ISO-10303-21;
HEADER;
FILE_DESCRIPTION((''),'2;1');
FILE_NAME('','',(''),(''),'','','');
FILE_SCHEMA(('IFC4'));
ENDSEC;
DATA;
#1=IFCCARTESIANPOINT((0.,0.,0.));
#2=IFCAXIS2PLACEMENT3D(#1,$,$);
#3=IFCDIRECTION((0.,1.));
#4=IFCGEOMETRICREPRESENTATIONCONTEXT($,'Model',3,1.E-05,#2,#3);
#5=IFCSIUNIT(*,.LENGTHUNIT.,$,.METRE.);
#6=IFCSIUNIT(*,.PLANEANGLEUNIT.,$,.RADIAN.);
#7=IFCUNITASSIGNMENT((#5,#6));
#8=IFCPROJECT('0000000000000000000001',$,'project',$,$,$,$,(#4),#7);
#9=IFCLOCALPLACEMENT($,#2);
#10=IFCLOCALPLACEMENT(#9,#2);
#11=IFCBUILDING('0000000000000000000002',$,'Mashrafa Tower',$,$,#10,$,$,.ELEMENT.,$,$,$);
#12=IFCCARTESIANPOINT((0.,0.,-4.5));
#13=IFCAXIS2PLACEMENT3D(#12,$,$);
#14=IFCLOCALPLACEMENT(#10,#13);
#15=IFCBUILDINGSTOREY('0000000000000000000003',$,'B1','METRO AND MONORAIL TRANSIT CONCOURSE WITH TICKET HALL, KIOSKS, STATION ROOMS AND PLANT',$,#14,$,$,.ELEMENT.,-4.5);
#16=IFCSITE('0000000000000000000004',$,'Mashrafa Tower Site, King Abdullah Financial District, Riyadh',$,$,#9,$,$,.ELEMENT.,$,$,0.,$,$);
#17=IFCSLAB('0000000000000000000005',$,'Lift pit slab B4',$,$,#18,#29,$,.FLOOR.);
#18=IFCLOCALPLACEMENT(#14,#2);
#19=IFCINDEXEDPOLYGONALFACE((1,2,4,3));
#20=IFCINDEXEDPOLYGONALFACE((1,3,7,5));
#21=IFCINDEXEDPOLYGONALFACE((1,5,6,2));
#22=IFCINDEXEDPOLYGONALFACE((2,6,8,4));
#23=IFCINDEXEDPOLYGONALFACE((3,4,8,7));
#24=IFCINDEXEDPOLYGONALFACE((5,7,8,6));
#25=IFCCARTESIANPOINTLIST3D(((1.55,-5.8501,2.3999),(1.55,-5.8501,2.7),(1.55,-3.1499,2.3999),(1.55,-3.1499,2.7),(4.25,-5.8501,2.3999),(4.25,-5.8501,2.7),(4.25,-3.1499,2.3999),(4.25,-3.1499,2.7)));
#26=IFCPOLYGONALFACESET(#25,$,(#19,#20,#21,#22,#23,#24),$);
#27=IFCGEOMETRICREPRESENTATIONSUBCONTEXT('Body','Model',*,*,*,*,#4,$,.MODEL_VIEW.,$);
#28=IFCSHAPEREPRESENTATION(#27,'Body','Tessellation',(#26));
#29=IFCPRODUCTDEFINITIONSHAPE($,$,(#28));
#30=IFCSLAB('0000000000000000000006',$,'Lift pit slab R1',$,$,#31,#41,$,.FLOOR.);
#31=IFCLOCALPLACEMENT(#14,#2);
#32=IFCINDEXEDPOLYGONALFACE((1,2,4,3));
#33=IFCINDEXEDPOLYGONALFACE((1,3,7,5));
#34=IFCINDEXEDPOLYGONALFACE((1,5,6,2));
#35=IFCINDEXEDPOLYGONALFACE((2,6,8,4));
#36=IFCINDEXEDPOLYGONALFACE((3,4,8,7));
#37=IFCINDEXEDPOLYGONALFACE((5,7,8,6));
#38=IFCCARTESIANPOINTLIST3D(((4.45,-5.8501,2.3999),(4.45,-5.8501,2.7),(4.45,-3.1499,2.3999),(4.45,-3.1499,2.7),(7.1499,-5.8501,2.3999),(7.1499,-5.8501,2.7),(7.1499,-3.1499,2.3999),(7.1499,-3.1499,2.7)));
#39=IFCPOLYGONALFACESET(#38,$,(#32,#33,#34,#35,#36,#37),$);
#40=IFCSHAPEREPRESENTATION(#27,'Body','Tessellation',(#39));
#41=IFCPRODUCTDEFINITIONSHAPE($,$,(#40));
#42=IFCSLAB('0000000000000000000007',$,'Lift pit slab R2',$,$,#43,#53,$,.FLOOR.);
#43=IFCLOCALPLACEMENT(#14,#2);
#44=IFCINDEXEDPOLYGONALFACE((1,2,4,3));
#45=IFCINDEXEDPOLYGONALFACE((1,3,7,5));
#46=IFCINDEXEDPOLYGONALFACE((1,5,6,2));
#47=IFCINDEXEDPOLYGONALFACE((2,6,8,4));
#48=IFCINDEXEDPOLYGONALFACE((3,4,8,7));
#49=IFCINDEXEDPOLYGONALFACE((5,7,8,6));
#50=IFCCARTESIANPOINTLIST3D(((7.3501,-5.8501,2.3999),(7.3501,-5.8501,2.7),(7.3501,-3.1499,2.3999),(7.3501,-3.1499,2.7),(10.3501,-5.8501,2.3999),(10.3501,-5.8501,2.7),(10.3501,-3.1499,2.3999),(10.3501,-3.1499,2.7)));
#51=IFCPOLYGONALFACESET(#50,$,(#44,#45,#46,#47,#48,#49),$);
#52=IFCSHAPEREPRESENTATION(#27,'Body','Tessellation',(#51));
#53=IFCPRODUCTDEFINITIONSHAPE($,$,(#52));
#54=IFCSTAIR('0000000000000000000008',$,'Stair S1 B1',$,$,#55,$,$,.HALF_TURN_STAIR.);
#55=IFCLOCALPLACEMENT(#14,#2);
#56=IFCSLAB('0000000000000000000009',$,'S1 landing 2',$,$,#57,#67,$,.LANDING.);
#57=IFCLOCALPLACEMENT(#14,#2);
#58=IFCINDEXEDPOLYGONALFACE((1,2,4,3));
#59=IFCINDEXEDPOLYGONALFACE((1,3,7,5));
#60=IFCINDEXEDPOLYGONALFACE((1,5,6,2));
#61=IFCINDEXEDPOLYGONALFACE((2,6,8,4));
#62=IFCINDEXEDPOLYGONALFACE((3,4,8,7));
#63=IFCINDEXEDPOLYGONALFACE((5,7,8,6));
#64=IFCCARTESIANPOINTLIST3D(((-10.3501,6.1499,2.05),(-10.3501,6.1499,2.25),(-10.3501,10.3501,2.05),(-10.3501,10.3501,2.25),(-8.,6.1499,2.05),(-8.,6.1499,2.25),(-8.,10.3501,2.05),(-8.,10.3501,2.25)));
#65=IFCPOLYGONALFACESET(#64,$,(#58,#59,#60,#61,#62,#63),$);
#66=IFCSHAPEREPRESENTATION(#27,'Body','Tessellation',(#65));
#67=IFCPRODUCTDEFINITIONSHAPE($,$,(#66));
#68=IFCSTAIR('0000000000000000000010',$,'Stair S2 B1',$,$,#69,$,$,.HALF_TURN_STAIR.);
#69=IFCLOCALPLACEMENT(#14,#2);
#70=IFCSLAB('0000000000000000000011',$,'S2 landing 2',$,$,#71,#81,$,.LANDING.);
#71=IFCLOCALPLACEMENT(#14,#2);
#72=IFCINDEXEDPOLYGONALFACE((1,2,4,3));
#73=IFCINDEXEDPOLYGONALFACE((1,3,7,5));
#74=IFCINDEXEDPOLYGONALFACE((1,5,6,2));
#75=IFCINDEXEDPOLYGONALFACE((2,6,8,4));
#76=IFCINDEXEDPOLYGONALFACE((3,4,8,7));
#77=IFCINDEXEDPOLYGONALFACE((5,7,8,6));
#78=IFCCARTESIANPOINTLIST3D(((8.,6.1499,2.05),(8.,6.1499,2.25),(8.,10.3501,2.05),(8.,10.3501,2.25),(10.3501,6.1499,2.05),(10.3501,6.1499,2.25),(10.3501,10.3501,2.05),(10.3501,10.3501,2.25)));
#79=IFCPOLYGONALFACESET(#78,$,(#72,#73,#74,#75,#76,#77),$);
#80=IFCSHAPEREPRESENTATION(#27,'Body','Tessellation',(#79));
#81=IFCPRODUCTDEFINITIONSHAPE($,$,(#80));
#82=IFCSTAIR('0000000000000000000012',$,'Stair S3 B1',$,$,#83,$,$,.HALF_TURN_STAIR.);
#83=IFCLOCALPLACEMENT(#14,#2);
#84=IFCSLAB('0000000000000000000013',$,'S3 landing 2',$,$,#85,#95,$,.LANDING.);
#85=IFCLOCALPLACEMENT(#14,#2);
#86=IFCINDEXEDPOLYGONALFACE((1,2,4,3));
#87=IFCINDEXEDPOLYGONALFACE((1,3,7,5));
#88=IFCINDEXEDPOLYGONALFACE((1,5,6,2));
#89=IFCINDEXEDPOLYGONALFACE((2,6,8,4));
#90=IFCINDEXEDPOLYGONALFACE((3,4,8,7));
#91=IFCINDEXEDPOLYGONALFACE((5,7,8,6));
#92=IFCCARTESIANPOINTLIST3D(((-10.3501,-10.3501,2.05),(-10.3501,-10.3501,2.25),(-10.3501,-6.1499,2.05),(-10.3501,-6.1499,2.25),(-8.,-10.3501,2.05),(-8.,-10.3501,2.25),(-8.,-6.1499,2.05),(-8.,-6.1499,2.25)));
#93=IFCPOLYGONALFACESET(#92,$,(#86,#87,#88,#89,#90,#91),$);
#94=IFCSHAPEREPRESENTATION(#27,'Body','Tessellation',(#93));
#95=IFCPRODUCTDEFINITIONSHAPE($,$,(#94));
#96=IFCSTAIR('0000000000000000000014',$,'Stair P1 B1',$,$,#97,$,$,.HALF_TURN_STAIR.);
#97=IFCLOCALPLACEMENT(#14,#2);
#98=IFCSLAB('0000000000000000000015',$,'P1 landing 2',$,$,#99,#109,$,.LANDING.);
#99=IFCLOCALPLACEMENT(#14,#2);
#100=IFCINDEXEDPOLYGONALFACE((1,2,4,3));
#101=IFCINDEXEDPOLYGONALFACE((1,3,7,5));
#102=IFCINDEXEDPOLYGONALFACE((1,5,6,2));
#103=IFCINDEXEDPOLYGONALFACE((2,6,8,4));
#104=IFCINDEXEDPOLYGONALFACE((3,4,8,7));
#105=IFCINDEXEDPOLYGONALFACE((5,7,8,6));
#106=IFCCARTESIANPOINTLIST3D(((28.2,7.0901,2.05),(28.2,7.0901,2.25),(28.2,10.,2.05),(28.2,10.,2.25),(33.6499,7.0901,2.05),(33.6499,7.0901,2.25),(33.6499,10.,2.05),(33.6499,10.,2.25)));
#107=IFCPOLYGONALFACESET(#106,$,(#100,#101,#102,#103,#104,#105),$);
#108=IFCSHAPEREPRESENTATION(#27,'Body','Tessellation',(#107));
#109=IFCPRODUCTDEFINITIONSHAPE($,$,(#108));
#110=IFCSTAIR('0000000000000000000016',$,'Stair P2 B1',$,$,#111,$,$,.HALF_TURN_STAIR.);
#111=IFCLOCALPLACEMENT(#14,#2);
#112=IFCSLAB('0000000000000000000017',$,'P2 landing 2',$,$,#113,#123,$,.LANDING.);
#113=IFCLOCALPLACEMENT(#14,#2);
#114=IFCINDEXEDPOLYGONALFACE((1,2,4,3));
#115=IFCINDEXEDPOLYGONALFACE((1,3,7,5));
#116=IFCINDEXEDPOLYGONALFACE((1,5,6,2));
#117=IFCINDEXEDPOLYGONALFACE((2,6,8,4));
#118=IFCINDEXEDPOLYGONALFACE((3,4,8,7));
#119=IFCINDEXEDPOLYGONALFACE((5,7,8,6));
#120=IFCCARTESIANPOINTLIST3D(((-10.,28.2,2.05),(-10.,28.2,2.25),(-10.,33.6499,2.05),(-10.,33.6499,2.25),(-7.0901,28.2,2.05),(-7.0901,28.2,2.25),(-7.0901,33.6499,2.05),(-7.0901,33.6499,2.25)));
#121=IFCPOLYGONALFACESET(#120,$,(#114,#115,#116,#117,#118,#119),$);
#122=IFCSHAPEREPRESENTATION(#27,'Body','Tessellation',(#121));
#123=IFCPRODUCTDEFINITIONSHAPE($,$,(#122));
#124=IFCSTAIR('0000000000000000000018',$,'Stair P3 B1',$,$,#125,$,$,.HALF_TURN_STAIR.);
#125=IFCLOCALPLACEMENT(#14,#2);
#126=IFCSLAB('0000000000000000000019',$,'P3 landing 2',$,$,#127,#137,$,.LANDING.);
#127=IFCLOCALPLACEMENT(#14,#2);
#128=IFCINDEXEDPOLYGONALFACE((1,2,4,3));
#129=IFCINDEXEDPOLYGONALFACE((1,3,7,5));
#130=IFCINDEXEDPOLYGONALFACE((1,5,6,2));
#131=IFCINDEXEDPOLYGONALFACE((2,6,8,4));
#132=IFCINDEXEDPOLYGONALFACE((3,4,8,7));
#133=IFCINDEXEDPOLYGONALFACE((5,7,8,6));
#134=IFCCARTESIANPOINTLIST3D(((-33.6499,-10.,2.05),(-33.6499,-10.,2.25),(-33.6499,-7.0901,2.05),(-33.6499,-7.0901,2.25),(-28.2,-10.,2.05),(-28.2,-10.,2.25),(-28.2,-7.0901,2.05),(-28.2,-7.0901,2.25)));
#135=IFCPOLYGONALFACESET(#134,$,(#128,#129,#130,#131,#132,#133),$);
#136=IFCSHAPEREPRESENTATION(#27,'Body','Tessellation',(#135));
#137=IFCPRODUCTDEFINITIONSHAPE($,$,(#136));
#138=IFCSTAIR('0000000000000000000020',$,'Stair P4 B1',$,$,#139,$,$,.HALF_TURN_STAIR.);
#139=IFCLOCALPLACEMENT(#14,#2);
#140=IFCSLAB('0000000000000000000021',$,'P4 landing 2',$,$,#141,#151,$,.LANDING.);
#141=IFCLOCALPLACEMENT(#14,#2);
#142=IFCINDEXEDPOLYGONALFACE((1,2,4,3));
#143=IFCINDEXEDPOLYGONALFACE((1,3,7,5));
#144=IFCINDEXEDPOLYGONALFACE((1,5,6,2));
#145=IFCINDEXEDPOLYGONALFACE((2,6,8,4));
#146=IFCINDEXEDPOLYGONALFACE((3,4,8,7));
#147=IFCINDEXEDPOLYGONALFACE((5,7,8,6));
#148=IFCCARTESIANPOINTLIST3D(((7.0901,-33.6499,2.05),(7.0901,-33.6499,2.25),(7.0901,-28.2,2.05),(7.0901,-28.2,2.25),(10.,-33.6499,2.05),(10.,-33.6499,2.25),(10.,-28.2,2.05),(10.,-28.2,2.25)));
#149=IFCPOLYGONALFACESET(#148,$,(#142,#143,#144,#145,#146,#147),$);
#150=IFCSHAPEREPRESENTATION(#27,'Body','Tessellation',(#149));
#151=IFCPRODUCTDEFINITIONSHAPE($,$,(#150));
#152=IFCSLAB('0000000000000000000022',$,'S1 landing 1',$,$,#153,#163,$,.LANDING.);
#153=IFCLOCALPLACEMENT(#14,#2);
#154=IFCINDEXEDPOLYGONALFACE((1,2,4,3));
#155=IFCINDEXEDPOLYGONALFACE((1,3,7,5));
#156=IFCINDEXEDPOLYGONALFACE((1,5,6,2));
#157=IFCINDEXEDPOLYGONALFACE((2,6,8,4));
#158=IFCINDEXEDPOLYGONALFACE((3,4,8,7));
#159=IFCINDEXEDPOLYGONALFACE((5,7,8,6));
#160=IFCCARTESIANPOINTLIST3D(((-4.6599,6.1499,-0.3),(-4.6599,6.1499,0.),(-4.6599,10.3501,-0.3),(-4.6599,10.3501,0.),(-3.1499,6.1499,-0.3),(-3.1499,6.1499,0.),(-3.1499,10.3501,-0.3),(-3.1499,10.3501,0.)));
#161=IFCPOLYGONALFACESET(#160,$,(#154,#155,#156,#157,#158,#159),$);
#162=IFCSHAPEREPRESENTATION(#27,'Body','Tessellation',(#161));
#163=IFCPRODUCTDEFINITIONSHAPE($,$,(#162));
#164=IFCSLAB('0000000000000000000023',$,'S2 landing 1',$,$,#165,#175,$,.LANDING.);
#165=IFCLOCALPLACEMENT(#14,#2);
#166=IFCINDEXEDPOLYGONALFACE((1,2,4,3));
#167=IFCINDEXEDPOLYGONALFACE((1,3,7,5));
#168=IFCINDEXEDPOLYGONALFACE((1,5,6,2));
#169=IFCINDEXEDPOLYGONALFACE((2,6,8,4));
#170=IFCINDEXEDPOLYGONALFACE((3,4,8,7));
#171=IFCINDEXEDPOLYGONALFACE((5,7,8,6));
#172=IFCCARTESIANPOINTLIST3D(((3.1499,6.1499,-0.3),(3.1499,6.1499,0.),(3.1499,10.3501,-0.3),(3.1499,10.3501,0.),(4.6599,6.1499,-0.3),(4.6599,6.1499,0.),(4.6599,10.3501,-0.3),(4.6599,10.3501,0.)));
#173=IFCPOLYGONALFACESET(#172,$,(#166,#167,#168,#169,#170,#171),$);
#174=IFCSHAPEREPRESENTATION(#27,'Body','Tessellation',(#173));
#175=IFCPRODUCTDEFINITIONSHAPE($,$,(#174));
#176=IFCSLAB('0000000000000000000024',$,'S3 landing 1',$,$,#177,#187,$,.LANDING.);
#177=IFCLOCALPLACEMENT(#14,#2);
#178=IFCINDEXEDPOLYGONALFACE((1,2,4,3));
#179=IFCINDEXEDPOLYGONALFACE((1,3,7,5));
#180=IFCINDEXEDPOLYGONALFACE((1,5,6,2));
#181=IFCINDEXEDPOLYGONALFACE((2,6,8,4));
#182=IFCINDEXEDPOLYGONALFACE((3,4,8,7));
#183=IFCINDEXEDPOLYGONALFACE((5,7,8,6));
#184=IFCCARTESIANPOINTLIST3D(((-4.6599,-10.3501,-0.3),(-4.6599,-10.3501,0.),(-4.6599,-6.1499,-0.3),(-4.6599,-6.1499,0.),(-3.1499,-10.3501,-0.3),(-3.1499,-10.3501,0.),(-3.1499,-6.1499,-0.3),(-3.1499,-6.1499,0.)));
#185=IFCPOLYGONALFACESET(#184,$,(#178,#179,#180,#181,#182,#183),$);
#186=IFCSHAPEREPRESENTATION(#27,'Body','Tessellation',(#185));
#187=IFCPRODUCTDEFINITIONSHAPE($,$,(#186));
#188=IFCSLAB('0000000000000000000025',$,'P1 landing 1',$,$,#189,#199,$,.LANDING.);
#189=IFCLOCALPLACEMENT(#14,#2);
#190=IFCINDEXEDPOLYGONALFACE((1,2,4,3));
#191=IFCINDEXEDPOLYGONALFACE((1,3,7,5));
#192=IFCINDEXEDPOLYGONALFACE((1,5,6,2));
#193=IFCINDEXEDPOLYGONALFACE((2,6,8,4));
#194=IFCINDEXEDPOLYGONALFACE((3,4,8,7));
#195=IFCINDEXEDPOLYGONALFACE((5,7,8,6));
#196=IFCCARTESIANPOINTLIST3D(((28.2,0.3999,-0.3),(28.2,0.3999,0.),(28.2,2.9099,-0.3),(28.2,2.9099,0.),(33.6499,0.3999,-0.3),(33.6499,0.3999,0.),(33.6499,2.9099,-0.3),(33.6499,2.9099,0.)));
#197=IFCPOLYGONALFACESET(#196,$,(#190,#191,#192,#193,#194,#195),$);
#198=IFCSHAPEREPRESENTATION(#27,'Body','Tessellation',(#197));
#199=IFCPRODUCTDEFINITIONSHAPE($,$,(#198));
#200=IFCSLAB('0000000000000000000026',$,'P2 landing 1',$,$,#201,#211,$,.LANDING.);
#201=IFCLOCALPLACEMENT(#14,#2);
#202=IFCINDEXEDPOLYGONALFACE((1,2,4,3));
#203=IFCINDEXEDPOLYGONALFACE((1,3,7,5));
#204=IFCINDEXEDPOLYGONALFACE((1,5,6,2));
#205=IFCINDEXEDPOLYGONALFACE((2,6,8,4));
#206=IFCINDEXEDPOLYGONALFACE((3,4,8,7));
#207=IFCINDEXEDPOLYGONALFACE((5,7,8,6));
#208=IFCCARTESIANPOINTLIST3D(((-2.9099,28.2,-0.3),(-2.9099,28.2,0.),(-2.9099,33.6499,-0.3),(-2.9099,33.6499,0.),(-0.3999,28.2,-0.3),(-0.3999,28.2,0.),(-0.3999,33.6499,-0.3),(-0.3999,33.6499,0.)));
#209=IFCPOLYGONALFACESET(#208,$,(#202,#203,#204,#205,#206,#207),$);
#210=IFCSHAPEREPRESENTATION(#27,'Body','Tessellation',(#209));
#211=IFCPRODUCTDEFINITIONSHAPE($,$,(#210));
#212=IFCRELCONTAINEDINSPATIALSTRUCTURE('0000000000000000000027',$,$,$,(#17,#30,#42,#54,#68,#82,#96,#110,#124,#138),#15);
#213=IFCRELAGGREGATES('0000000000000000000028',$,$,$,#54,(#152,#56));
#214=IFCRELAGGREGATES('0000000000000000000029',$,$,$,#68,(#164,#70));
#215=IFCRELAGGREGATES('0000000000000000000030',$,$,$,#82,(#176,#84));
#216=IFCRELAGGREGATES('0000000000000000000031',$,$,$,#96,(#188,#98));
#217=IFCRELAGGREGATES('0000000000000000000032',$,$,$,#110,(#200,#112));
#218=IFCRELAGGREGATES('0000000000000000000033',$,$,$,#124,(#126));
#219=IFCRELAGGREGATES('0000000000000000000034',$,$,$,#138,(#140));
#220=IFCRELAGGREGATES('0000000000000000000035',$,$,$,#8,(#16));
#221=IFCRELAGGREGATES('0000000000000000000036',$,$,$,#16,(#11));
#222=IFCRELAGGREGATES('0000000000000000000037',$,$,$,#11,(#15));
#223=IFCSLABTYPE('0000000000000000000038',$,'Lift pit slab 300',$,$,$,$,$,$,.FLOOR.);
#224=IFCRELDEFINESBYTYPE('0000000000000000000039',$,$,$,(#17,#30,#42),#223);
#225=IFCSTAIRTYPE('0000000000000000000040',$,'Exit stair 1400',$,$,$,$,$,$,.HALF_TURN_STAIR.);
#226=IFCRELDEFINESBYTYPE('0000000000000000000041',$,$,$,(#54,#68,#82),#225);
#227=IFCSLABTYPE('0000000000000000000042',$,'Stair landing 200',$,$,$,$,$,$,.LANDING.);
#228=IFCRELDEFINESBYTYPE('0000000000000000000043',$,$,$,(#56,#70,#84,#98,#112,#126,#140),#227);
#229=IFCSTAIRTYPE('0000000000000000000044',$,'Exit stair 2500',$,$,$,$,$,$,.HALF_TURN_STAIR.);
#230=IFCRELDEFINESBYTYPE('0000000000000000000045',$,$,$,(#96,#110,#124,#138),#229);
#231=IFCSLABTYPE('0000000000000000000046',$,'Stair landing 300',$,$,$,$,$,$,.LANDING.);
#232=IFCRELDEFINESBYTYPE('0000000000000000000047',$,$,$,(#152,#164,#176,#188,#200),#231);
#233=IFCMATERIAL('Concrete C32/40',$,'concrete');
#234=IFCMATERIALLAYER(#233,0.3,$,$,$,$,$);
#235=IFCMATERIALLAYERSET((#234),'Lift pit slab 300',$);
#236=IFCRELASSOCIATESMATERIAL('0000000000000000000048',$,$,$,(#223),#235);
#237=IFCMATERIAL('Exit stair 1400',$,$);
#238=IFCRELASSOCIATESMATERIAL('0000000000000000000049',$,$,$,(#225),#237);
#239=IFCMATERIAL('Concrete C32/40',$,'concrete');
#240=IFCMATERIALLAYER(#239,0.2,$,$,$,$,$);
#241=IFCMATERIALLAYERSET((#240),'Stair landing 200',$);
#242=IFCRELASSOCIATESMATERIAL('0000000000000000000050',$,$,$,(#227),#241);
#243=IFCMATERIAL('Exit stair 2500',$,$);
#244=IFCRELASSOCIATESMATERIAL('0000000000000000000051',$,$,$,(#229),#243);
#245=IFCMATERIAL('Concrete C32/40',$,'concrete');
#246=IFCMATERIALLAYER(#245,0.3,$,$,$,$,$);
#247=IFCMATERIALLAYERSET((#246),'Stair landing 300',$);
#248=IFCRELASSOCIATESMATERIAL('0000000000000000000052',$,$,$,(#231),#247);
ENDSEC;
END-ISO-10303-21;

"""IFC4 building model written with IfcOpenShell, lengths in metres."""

from ifc_helpers import new_model, si_unit, direction, frame, origin, place, context, subcontext, project, spatial, polyline, outline, extrude, material, layer, layer_set, type_object, element, aggregate, save


model = new_model("IFC4")

# Units and contexts
model_context = context("Model", 3, precision=1e-05, world=origin(), true_north=direction((0.0, 1.0)))
body_context = subcontext(model_context, "Body", "Model", "MODEL_VIEW")
ifc_project = project(units=[si_unit("LENGTHUNIT", "METRE"), si_unit("PLANEANGLEUNIT", "RADIAN")], contexts=[model_context])

# Site, building, storey
site_placement = place(None, origin())
site = spatial("IfcSite", under=ifc_project, at=site_placement, Name="Mashrafa Tower Site, King Abdullah Financial District, Riyadh", CompositionType="ELEMENT", RefElevation=0.0)
building_placement = place(site_placement, origin())
building = spatial("IfcBuilding", under=site, at=building_placement, Name="Mashrafa Tower", CompositionType="ELEMENT")
storey_placement = place(building_placement, frame((0.0, 0.0, -4.5)))
storey = spatial("IfcBuildingStorey", under=building, at=storey_placement, Name="B1", Description="METRO AND MONORAIL TRANSIT CONCOURSE WITH TICKET HALL, KIOSKS, STATION ROOMS AND PLANT", CompositionType="ELEMENT", Elevation=-4.5)

# Slabs
ifc_material_1 = material(Name="Concrete C32/40", Category="concrete")
ifc_layer_1 = layer(ifc_material_1, 0.3)
ifc_layer_set_1 = layer_set([ifc_layer_1], Name="Lift pit slab 300")
slab_type_1 = type_object("IfcSlabType", Name="Lift pit slab 300", PredefinedType="FLOOR", material=ifc_layer_set_1)
slab_1_placement = place(storey_placement, frame((0.0, 0.0, 2.3999)))
element("IfcSlab", 1, at=slab_1_placement, inside=storey, type_object=slab_type_1, Name="Lift pit slab B4", PredefinedType="FLOOR", context=body_context, shape_type="SweptSolid", body=[
    extrude(outline(polyline([(1.55, -5.8501), (4.25, -5.8501), (4.25, -3.1499), (1.55, -3.1499), (1.55, -5.8501)])), origin(), (0.0, 0.0, 1.0), 0.3),
])
slab_2_placement = place(storey_placement, frame((0.0, 0.0, 2.3999)))
element("IfcSlab", 2, at=slab_2_placement, inside=storey, type_object=slab_type_1, Name="Lift pit slab R1", PredefinedType="FLOOR", context=body_context, shape_type="SweptSolid", body=[
    extrude(outline(polyline([(4.45, -5.8501), (7.1499, -5.8501), (7.1499, -3.1499), (4.45, -3.1499), (4.45, -5.8501)])), origin(), (0.0, 0.0, 1.0), 0.3),
])
slab_3_placement = place(storey_placement, frame((0.0, 0.0, 2.3999)))
element("IfcSlab", 3, at=slab_3_placement, inside=storey, type_object=slab_type_1, Name="Lift pit slab R2", PredefinedType="FLOOR", context=body_context, shape_type="SweptSolid", body=[
    extrude(outline(polyline([(7.3501, -5.8501), (10.3501, -5.8501), (10.3501, -3.1499), (7.3501, -3.1499), (7.3501, -5.8501)])), origin(), (0.0, 0.0, 1.0), 0.3),
])

# Stairs, slabs
ifc_material_2 = material(Name="Exit stair 1400")
stair_type_1 = type_object("IfcStairType", Name="Exit stair 1400", PredefinedType="HALF_TURN_STAIR", material=ifc_material_2)
stair_1_placement = place(storey_placement, origin())
stair_1 = element("IfcStair", 4, at=stair_1_placement, inside=storey, type_object=stair_type_1, Name="Stair S1 B1", PredefinedType="HALF_TURN_STAIR")
ifc_material_3 = material(Name="Concrete C32/40", Category="concrete")
ifc_layer_2 = layer(ifc_material_3, 0.2)
ifc_layer_set_2 = layer_set([ifc_layer_2], Name="Stair landing 200")
slab_type_2 = type_object("IfcSlabType", Name="Stair landing 200", PredefinedType="LANDING", material=ifc_layer_set_2)
slab_4_placement = place(storey_placement, frame((0.0, 0.0, 2.05)))
slab_4 = element("IfcSlab", 5, at=slab_4_placement, type_object=slab_type_2, Name="S1 landing 2", PredefinedType="LANDING", context=body_context, shape_type="SweptSolid", body=[
    extrude(outline(polyline([(-10.3501, 6.1499), (-8.0, 6.1499), (-8.0, 10.3501), (-10.3501, 10.3501), (-10.3501, 6.1499)])), origin(), (0.0, 0.0, 1.0), 0.2),
])
stair_2_placement = place(storey_placement, origin())
stair_2 = element("IfcStair", 6, at=stair_2_placement, inside=storey, type_object=stair_type_1, Name="Stair S2 B1", PredefinedType="HALF_TURN_STAIR")
slab_5_placement = place(storey_placement, frame((0.0, 0.0, 2.05)))
slab_5 = element("IfcSlab", 7, at=slab_5_placement, type_object=slab_type_2, Name="S2 landing 2", PredefinedType="LANDING", context=body_context, shape_type="SweptSolid", body=[
    extrude(outline(polyline([(8.0, 6.1499), (10.3501, 6.1499), (10.3501, 10.3501), (8.0, 10.3501), (8.0, 6.1499)])), origin(), (0.0, 0.0, 1.0), 0.2),
])
stair_3_placement = place(storey_placement, origin())
stair_3 = element("IfcStair", 8, at=stair_3_placement, inside=storey, type_object=stair_type_1, Name="Stair S3 B1", PredefinedType="HALF_TURN_STAIR")
slab_6_placement = place(storey_placement, frame((0.0, 0.0, 2.05)))
slab_6 = element("IfcSlab", 9, at=slab_6_placement, type_object=slab_type_2, Name="S3 landing 2", PredefinedType="LANDING", context=body_context, shape_type="SweptSolid", body=[
    extrude(outline(polyline([(-10.3501, -10.3501), (-8.0, -10.3501), (-8.0, -6.1499), (-10.3501, -6.1499), (-10.3501, -10.3501)])), origin(), (0.0, 0.0, 1.0), 0.2),
])
ifc_material_4 = material(Name="Exit stair 2500")
stair_type_2 = type_object("IfcStairType", Name="Exit stair 2500", PredefinedType="HALF_TURN_STAIR", material=ifc_material_4)
stair_4_placement = place(storey_placement, origin())
stair_4 = element("IfcStair", 10, at=stair_4_placement, inside=storey, type_object=stair_type_2, Name="Stair P1 B1", PredefinedType="HALF_TURN_STAIR")
slab_7_placement = place(storey_placement, frame((0.0, 0.0, 2.05)))
slab_7 = element("IfcSlab", 11, at=slab_7_placement, type_object=slab_type_2, Name="P1 landing 2", PredefinedType="LANDING", context=body_context, shape_type="SweptSolid", body=[
    extrude(outline(polyline([(33.6499, 7.0901), (33.6499, 10.0), (28.2, 10.0), (28.2, 7.0901), (33.6499, 7.0901)])), origin(), (0.0, 0.0, 1.0), 0.2),
])
stair_5_placement = place(storey_placement, origin())
stair_5 = element("IfcStair", 12, at=stair_5_placement, inside=storey, type_object=stair_type_2, Name="Stair P2 B1", PredefinedType="HALF_TURN_STAIR")
slab_8_placement = place(storey_placement, frame((0.0, 0.0, 2.05)))
slab_8 = element("IfcSlab", 13, at=slab_8_placement, type_object=slab_type_2, Name="P2 landing 2", PredefinedType="LANDING", context=body_context, shape_type="SweptSolid", body=[
    extrude(outline(polyline([(-10.0, 28.2), (-7.0901, 28.2), (-7.0901, 33.6499), (-10.0, 33.6499), (-10.0, 28.2)])), origin(), (0.0, 0.0, 1.0), 0.2),
])
stair_6_placement = place(storey_placement, origin())
stair_6 = element("IfcStair", 14, at=stair_6_placement, inside=storey, type_object=stair_type_2, Name="Stair P3 B1", PredefinedType="HALF_TURN_STAIR")
slab_9_placement = place(storey_placement, frame((0.0, 0.0, 2.05)))
slab_9 = element("IfcSlab", 15, at=slab_9_placement, type_object=slab_type_2, Name="P3 landing 2", PredefinedType="LANDING", context=body_context, shape_type="SweptSolid", body=[
    extrude(outline(polyline([(-28.2, -10.0), (-28.2, -7.0901), (-33.6499, -7.0901), (-33.6499, -10.0), (-28.2, -10.0)])), origin(), (0.0, 0.0, 1.0), 0.2),
])
stair_7_placement = place(storey_placement, origin())
stair_7 = element("IfcStair", 16, at=stair_7_placement, inside=storey, type_object=stair_type_2, Name="Stair P4 B1", PredefinedType="HALF_TURN_STAIR")
slab_10_placement = place(storey_placement, frame((0.0, 0.0, 2.05)))
slab_10 = element("IfcSlab", 17, at=slab_10_placement, type_object=slab_type_2, Name="P4 landing 2", PredefinedType="LANDING", context=body_context, shape_type="SweptSolid", body=[
    extrude(outline(polyline([(7.0901, -33.6499), (10.0, -33.6499), (10.0, -28.2), (7.0901, -28.2), (7.0901, -33.6499)])), origin(), (0.0, 0.0, 1.0), 0.2),
])

# Slabs
ifc_material_5 = material(Name="Concrete C32/40", Category="concrete")
ifc_layer_3 = layer(ifc_material_5, 0.3)
ifc_layer_set_3 = layer_set([ifc_layer_3], Name="Stair landing 300")
slab_type_3 = type_object("IfcSlabType", Name="Stair landing 300", PredefinedType="LANDING", material=ifc_layer_set_3)
slab_11_placement = place(storey_placement, frame((0.0, 0.0, -0.3)))
slab_11 = element("IfcSlab", 18, at=slab_11_placement, type_object=slab_type_3, Name="S1 landing 1", PredefinedType="LANDING", context=body_context, shape_type="SweptSolid", body=[
    extrude(outline(polyline([(-4.6599, 6.1499), (-3.1499, 6.1499), (-3.1499, 10.3501), (-4.6599, 10.3501), (-4.6599, 6.1499)])), origin(), (0.0, 0.0, 1.0), 0.3),
])
aggregate(stair_1, [slab_11, slab_4])
slab_12_placement = place(storey_placement, frame((0.0, 0.0, -0.3)))
slab_12 = element("IfcSlab", 19, at=slab_12_placement, type_object=slab_type_3, Name="S2 landing 1", PredefinedType="LANDING", context=body_context, shape_type="SweptSolid", body=[
    extrude(outline(polyline([(3.1499, 6.1499), (4.6599, 6.1499), (4.6599, 10.3501), (3.1499, 10.3501), (3.1499, 6.1499)])), origin(), (0.0, 0.0, 1.0), 0.3),
])
aggregate(stair_2, [slab_12, slab_5])
slab_13_placement = place(storey_placement, frame((0.0, 0.0, -0.3)))
slab_13 = element("IfcSlab", 20, at=slab_13_placement, type_object=slab_type_3, Name="S3 landing 1", PredefinedType="LANDING", context=body_context, shape_type="SweptSolid", body=[
    extrude(outline(polyline([(-4.6599, -10.3501), (-3.1499, -10.3501), (-3.1499, -6.1499), (-4.6599, -6.1499), (-4.6599, -10.3501)])), origin(), (0.0, 0.0, 1.0), 0.3),
])
aggregate(stair_3, [slab_13, slab_6])
slab_14_placement = place(storey_placement, frame((0.0, 0.0, -0.3)))
slab_14 = element("IfcSlab", 21, at=slab_14_placement, type_object=slab_type_3, Name="P1 landing 1", PredefinedType="LANDING", context=body_context, shape_type="SweptSolid", body=[
    extrude(outline(polyline([(33.6499, 0.3999), (33.6499, 2.9099), (28.2, 2.9099), (28.2, 0.3999), (33.6499, 0.3999)])), origin(), (0.0, 0.0, 1.0), 0.3),
])
aggregate(stair_4, [slab_14, slab_7])
slab_15_placement = place(storey_placement, frame((0.0, 0.0, -0.3)))
slab_15 = element("IfcSlab", 22, at=slab_15_placement, type_object=slab_type_3, Name="P2 landing 1", PredefinedType="LANDING", context=body_context, shape_type="SweptSolid", body=[
    extrude(outline(polyline([(-2.9099, 28.2), (-0.3999, 28.2), (-0.3999, 33.6499), (-2.9099, 33.6499), (-2.9099, 28.2)])), origin(), (0.0, 0.0, 1.0), 0.3),
])
aggregate(stair_5, [slab_15, slab_8])
aggregate(stair_6, [slab_9])
aggregate(stair_7, [slab_10])

save(model, "model.ifc")
